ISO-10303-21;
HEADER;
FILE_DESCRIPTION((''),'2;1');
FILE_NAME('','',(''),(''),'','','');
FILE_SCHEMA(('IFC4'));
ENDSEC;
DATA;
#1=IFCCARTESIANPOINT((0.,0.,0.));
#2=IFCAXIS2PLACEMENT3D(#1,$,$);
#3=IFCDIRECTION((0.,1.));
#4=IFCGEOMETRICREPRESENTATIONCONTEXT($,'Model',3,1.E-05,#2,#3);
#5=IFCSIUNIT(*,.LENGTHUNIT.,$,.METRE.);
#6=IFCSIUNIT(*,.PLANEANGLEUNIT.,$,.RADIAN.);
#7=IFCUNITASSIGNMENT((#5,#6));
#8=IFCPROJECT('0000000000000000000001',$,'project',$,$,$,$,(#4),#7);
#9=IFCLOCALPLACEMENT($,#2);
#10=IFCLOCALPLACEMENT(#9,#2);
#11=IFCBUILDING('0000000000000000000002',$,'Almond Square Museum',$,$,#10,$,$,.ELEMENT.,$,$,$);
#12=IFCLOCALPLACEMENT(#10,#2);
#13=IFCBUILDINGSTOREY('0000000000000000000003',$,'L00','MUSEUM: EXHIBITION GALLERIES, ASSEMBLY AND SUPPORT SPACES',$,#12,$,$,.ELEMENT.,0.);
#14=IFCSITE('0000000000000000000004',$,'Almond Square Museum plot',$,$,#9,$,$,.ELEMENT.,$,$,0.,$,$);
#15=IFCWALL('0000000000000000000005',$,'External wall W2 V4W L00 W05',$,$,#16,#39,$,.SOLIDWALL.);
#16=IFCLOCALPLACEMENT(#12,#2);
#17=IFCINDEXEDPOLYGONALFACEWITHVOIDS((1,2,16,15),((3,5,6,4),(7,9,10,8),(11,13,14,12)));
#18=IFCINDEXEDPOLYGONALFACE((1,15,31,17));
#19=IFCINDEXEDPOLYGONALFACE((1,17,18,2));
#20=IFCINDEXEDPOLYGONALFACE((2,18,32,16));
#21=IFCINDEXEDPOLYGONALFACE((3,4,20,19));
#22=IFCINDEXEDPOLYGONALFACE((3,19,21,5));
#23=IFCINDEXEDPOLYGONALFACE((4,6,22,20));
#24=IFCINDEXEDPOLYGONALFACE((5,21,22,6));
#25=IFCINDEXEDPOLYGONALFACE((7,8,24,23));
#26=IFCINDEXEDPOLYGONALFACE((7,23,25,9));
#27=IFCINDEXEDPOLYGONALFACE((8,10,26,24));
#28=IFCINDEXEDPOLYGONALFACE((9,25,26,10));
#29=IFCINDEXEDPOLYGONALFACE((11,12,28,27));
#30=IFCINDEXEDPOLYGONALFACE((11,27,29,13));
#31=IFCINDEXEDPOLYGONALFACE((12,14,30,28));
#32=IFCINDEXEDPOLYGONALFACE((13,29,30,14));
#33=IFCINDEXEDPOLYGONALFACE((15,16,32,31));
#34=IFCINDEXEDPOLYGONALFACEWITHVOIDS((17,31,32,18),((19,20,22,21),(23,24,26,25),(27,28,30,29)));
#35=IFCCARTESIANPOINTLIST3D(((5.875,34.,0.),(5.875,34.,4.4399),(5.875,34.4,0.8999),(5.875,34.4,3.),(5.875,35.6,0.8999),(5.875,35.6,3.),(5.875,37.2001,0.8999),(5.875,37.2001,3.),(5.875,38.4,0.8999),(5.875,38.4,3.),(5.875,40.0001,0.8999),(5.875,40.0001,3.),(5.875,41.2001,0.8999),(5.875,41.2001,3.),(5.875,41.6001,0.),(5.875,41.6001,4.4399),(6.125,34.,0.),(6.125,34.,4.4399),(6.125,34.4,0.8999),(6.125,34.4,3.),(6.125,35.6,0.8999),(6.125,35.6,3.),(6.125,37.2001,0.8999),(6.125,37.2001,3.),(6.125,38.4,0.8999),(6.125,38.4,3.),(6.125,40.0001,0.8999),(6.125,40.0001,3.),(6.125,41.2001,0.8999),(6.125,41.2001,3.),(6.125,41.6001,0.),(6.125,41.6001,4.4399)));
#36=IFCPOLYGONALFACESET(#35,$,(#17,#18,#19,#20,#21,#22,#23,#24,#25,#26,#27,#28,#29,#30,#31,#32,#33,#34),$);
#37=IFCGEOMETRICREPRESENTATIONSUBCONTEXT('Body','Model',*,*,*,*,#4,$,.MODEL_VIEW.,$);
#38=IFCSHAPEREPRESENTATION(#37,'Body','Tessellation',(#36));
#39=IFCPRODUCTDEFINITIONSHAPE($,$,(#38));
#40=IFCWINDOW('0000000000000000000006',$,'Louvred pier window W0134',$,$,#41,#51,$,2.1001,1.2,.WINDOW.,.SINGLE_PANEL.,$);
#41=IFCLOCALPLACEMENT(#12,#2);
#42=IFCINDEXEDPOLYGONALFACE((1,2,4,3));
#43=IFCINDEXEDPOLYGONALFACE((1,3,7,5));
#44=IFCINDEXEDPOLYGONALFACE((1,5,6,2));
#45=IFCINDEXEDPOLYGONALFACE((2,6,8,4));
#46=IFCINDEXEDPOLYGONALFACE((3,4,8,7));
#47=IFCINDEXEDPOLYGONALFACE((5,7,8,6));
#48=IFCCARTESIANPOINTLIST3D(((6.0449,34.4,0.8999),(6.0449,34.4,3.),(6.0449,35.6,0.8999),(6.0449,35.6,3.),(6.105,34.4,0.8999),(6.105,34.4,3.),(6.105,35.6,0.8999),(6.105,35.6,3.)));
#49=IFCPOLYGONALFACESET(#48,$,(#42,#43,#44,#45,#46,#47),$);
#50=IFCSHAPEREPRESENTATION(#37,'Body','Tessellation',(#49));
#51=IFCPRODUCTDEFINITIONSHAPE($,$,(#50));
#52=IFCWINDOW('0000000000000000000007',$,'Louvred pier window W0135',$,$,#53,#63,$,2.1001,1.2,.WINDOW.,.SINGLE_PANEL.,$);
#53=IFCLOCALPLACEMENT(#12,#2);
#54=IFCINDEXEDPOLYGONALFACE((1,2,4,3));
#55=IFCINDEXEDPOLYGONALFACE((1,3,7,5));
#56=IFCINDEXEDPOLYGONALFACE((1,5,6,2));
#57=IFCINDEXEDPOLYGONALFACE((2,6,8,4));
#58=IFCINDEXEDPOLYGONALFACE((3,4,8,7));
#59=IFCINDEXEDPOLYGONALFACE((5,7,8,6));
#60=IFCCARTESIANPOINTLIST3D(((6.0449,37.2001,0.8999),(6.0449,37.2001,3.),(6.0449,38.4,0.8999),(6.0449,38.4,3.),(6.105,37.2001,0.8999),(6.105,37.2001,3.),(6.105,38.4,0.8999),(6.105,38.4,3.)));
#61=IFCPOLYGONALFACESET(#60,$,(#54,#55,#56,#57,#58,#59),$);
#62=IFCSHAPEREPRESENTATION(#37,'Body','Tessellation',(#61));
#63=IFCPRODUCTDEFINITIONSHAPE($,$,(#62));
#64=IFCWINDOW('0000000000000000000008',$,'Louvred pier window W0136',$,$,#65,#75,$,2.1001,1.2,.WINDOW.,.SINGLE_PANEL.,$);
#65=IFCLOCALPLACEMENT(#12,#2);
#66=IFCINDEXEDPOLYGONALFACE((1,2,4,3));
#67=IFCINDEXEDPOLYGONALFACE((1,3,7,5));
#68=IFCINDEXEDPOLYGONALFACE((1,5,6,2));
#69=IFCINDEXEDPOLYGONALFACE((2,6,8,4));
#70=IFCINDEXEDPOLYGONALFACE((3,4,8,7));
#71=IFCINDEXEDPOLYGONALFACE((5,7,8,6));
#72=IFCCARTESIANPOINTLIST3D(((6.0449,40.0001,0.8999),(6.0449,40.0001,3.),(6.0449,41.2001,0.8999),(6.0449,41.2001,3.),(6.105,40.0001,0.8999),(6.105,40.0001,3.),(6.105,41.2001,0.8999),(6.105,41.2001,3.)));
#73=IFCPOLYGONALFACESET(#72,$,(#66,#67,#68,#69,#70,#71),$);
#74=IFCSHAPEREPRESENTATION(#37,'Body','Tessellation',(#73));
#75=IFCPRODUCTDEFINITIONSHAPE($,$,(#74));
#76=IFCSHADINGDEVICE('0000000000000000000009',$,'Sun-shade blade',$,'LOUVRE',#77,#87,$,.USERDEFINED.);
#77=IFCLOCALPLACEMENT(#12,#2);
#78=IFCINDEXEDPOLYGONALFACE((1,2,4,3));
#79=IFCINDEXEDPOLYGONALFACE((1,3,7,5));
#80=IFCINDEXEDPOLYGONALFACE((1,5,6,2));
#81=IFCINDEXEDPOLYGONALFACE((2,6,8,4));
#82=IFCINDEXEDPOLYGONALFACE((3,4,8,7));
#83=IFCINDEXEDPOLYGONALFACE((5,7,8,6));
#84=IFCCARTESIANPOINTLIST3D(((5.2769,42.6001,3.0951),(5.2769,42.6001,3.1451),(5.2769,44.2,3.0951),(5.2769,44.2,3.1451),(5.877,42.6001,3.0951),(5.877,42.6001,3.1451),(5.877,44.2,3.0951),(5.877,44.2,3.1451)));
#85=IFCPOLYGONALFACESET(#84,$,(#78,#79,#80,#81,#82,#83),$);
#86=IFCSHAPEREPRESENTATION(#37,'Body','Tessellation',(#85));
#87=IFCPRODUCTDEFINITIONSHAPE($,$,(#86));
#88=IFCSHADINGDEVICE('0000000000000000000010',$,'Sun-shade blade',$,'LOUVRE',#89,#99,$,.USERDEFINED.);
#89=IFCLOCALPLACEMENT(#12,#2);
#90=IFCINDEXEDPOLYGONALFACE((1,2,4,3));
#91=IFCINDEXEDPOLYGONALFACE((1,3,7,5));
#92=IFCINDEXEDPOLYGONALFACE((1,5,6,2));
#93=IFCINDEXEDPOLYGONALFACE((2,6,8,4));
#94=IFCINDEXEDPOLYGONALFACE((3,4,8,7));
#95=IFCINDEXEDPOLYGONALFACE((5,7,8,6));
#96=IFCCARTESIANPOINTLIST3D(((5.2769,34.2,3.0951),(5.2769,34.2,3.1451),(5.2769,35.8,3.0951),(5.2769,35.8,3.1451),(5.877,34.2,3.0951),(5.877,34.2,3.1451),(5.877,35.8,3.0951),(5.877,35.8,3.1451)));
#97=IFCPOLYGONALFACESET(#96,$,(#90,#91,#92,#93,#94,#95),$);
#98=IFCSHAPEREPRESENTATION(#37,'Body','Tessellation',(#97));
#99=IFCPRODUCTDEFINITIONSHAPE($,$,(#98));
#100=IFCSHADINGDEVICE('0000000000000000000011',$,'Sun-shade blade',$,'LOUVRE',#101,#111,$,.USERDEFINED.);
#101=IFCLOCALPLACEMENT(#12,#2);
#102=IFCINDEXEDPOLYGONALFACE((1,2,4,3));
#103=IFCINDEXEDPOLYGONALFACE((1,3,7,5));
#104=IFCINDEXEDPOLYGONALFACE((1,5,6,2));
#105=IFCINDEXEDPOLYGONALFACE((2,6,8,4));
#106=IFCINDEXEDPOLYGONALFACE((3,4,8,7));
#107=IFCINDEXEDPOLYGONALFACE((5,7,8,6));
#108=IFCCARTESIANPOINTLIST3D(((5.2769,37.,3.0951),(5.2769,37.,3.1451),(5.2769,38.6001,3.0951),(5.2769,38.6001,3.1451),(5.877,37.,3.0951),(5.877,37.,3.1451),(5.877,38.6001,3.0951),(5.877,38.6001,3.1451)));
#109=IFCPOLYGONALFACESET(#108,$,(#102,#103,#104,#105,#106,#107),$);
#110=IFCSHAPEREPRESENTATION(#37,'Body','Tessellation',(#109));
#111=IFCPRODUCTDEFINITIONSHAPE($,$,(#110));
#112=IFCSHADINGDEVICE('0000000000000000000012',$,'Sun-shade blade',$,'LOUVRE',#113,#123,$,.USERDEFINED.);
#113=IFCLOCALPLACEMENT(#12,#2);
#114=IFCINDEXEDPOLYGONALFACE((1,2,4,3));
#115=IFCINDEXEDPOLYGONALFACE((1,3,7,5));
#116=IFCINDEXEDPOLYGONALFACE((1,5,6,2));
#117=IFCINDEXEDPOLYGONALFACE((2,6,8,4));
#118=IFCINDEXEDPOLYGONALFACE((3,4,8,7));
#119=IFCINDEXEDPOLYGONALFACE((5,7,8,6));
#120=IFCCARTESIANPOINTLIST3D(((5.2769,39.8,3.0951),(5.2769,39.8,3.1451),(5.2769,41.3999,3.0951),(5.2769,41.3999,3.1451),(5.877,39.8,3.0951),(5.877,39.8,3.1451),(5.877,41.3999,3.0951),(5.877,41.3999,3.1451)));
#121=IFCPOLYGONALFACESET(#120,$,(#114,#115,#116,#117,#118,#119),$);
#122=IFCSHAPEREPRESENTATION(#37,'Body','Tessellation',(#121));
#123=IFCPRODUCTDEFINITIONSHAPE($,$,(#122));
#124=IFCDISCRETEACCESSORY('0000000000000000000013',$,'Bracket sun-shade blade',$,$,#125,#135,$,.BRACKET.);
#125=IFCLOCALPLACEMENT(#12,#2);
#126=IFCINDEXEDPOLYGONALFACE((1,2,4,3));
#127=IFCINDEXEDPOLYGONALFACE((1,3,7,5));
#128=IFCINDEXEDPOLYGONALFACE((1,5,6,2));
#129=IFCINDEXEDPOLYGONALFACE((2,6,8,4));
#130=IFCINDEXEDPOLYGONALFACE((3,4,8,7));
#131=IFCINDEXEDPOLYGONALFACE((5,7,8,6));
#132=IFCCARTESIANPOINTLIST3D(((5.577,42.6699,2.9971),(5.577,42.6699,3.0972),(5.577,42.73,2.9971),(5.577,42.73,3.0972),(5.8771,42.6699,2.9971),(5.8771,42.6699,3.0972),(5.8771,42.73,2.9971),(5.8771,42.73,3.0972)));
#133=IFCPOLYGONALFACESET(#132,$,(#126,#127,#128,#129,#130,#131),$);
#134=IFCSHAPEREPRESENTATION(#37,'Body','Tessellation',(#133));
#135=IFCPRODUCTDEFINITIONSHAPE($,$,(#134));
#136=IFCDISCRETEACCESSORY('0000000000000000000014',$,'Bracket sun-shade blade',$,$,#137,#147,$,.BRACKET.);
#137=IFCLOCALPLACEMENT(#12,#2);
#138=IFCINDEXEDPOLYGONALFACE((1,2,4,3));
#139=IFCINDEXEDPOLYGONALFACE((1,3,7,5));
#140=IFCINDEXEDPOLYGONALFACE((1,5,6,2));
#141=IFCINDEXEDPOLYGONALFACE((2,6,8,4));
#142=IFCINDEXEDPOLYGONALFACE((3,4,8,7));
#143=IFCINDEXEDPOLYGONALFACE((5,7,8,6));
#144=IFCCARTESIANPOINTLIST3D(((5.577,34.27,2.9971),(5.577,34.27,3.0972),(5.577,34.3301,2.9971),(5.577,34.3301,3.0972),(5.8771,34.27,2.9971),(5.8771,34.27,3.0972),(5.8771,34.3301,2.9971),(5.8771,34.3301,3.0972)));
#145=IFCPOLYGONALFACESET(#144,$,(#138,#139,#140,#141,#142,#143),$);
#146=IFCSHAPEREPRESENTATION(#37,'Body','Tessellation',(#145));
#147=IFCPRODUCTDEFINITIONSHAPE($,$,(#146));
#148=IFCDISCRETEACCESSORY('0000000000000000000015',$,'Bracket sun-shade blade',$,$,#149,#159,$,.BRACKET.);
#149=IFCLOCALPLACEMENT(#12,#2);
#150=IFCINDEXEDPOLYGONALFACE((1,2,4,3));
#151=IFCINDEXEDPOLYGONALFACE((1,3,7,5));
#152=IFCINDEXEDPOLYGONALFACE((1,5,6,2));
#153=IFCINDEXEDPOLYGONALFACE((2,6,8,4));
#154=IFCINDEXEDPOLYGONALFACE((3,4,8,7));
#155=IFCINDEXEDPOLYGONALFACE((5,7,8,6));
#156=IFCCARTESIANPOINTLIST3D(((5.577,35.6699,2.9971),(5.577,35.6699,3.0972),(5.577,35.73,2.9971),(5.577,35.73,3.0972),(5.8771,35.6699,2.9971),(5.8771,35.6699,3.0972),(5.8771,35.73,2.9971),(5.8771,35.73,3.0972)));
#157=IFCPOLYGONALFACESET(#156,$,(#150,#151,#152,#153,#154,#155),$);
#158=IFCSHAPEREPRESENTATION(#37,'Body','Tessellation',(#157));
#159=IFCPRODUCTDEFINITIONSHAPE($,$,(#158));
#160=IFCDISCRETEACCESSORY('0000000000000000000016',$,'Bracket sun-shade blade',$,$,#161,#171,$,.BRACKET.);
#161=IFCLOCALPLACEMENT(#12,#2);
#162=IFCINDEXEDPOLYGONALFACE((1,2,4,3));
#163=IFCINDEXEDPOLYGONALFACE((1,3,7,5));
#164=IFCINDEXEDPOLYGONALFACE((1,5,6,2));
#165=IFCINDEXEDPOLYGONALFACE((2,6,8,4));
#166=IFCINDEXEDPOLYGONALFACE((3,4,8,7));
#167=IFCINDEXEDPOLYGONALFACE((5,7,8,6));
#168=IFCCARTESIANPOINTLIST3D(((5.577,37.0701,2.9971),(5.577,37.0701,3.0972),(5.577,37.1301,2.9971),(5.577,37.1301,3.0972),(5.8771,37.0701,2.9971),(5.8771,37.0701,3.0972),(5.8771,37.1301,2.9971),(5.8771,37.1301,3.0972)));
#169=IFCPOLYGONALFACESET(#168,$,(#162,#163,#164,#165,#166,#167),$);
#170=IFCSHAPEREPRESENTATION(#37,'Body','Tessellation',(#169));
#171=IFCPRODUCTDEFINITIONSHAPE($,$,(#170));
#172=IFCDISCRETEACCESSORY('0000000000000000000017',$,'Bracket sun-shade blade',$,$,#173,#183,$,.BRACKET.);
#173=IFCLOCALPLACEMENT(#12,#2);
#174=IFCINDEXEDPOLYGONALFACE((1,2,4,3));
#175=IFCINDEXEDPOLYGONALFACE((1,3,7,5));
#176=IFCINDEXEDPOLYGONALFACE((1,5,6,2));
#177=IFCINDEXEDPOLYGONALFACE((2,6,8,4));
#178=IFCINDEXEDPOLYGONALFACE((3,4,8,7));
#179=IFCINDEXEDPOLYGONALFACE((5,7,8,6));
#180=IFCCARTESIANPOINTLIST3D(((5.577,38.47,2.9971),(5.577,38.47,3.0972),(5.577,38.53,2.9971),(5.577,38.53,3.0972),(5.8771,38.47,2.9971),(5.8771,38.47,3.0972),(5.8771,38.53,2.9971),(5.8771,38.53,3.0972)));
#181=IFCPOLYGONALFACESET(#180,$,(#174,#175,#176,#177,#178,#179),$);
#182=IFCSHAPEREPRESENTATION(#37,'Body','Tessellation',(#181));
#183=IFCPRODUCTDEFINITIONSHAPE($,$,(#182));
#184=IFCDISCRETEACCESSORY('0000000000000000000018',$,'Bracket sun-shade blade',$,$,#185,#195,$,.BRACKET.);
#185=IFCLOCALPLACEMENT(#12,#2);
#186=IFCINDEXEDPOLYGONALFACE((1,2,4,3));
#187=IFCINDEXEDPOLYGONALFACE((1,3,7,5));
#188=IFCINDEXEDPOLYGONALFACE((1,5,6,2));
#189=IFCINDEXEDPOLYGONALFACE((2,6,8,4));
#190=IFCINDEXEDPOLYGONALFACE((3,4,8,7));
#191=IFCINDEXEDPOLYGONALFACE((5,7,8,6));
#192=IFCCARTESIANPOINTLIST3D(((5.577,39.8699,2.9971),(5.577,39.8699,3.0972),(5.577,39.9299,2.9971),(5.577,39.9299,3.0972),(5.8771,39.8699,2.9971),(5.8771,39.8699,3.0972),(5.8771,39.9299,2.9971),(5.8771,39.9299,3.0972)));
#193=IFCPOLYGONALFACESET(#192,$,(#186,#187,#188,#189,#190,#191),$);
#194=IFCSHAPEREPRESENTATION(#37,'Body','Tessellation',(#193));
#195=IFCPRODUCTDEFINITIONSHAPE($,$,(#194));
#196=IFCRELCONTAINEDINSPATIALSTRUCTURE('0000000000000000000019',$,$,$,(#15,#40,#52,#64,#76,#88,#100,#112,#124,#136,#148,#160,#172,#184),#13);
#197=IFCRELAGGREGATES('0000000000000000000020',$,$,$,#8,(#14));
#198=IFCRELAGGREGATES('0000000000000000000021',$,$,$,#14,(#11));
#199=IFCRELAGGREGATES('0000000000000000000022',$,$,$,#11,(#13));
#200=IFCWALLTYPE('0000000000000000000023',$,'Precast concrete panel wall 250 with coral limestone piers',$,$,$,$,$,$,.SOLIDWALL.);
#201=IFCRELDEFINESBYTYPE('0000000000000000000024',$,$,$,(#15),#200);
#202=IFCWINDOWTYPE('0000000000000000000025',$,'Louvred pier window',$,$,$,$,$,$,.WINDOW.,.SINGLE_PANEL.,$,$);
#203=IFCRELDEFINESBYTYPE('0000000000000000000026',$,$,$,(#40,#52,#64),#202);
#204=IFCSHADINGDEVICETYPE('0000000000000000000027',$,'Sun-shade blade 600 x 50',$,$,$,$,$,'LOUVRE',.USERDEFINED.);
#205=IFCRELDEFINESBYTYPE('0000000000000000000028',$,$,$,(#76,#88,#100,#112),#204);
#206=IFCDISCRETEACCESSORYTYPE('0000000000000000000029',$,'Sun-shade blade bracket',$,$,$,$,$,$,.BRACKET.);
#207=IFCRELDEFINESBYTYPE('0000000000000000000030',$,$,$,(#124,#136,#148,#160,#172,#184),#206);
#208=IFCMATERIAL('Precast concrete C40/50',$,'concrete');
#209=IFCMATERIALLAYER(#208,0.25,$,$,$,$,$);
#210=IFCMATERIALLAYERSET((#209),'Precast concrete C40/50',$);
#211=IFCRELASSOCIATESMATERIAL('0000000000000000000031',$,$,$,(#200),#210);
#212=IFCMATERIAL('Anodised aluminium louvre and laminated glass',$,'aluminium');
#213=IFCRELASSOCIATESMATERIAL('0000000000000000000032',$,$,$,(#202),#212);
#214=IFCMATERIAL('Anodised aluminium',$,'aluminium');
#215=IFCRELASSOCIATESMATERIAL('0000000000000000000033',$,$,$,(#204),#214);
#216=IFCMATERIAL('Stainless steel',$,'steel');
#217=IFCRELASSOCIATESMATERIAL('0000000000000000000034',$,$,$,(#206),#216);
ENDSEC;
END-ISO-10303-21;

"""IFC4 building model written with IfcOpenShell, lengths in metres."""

from ifc_helpers import new_model, si_unit, direction, frame, frame_2d, origin, origin_2d, place, context, subcontext, project, spatial, rectangle, extrude, material, layer, layer_set, material_profile, profile_set, type_object, element, fill, save


model = new_model("IFC4")

# Units and contexts
model_context = context("Model", 3, precision=1e-05, world=origin(), true_north=direction((0.0, 1.0)))
body_context = subcontext(model_context, "Body", "Model", "MODEL_VIEW")
ifc_project = project(units=[si_unit("LENGTHUNIT", "METRE"), si_unit("PLANEANGLEUNIT", "RADIAN")], contexts=[model_context])

# Site, building, storey
site_placement = place(None, origin())
site = spatial("IfcSite", under=ifc_project, at=site_placement, Name="Almond Square Museum plot", CompositionType="ELEMENT", RefElevation=0.0)
building_placement = place(site_placement, origin())
building = spatial("IfcBuilding", under=site, at=building_placement, Name="Almond Square Museum", CompositionType="ELEMENT")
storey_placement = place(building_placement, origin())
storey = spatial("IfcBuildingStorey", under=building, at=storey_placement, Name="L00", Description="MUSEUM: EXHIBITION GALLERIES, ASSEMBLY AND SUPPORT SPACES", CompositionType="ELEMENT", Elevation=0.0)

# Wall, openings, windows
ifc_material_1 = material(Name="Precast concrete C40/50", Category="concrete")
ifc_layer = layer(ifc_material_1, 0.25)
ifc_layer_set = layer_set([ifc_layer], Name="Precast concrete C40/50")
wall_type = type_object("IfcWallType", Name="Precast concrete panel wall 250 with coral limestone piers", PredefinedType="SOLIDWALL", material=ifc_layer_set)
wall_placement = place(storey_placement, frame((6.0, 34.0, 0.0), z_axis=(0.0, 0.0, 1.0), x_axis=(0.0, 1.0, 0.0)))
wall = element("IfcWall", 1, at=wall_placement, inside=storey, type_object=wall_type, Name="External wall W2 V4W L00 W05", PredefinedType="SOLIDWALL", context=body_context, shape_type="SweptSolid", body=[
    extrude(rectangle(XDim=7.6001, YDim=0.25, at=frame_2d((3.8, 0.0))), origin(), (0.0, 0.0, 1.0), 4.4399),
])
opening_1_placement = place(wall_placement, frame((0.3999, 0.0, 0.8999)))
opening_1 = element("IfcOpeningElement", 2, at=opening_1_placement, cuts=wall, PredefinedType="OPENING", context=body_context, shape_type="SweptSolid", body=[
    extrude(rectangle(XDim=1.2, YDim=2.1001, at=frame_2d((0.6001, 1.05))), frame((0.0, 0.135, 0.0), z_axis=(0.0, -1.0, 0.0), x_axis=(1.0, 0.0, 0.0)), (0.0, 0.0, 1.0), 0.27),
])
opening_2_placement = place(wall_placement, frame((3.2, 0.0, 0.8999)))
opening_2 = element("IfcOpeningElement", 3, at=opening_2_placement, cuts=wall, PredefinedType="OPENING", context=body_context, shape_type="SweptSolid", body=[
    extrude(rectangle(XDim=1.2, YDim=2.1001, at=frame_2d((0.6001, 1.05))), frame((0.0, 0.135, 0.0), z_axis=(0.0, -1.0, 0.0), x_axis=(1.0, 0.0, 0.0)), (0.0, 0.0, 1.0), 0.27),
])
opening_3_placement = place(wall_placement, frame((6.0, 0.0, 0.8999)))
opening_3 = element("IfcOpeningElement", 4, at=opening_3_placement, cuts=wall, PredefinedType="OPENING", context=body_context, shape_type="SweptSolid", body=[
    extrude(rectangle(XDim=1.2, YDim=2.1001, at=frame_2d((0.6001, 1.05))), frame((0.0, 0.135, 0.0), z_axis=(0.0, -1.0, 0.0), x_axis=(1.0, 0.0, 0.0)), (0.0, 0.0, 1.0), 0.27),
])
ifc_material_2 = material(Name="Anodised aluminium louvre and laminated glass", Category="aluminium")
window_type = type_object("IfcWindowType", Name="Louvred pier window", PartitioningType="SINGLE_PANEL", PredefinedType="WINDOW", material=ifc_material_2)
window_1_placement = place(opening_1_placement, origin())
window_1 = element("IfcWindow", 5, at=window_1_placement, inside=storey, type_object=window_type, Name="Louvred pier window W0134", OverallHeight=2.1001, OverallWidth=1.2, PartitioningType="SINGLE_PANEL", PredefinedType="WINDOW", context=body_context, shape_type="SweptSolid", body=[
    extrude(rectangle(XDim=1.2, YDim=2.1001, at=frame_2d((0.6001, 1.05))), frame((0.0, -0.0449, 0.0), z_axis=(0.0, -1.0, 0.0), x_axis=(1.0, 0.0, 0.0)), (0.0, 0.0, 1.0), 0.0601),
])
fill(opening_1, window_1)
window_2_placement = place(opening_2_placement, origin())
window_2 = element("IfcWindow", 6, at=window_2_placement, inside=storey, type_object=window_type, Name="Louvred pier window W0135", OverallHeight=2.1001, OverallWidth=1.2, PartitioningType="SINGLE_PANEL", PredefinedType="WINDOW", context=body_context, shape_type="SweptSolid", body=[
    extrude(rectangle(XDim=1.2, YDim=2.1001, at=frame_2d((0.6001, 1.05))), frame((0.0, -0.0449, 0.0), z_axis=(0.0, -1.0, 0.0), x_axis=(1.0, 0.0, 0.0)), (0.0, 0.0, 1.0), 0.0601),
])
fill(opening_2, window_2)
window_3_placement = place(opening_3_placement, origin())
window_3 = element("IfcWindow", 7, at=window_3_placement, inside=storey, type_object=window_type, Name="Louvred pier window W0136", OverallHeight=2.1001, OverallWidth=1.2, PartitioningType="SINGLE_PANEL", PredefinedType="WINDOW", context=body_context, shape_type="SweptSolid", body=[
    extrude(rectangle(XDim=1.2, YDim=2.1001, at=frame_2d((0.6001, 1.05))), frame((0.0, -0.0449, 0.0), z_axis=(0.0, -1.0, 0.0), x_axis=(1.0, 0.0, 0.0)), (0.0, 0.0, 1.0), 0.0601),
])
fill(opening_3, window_3)

# Shading devices
ifc_material_3 = material(Name="Anodised aluminium", Category="aluminium")
ifc_material_profile_1 = material_profile(ifc_material_3, rectangle(XDim=0.6001, YDim=0.05, at=origin_2d()))
ifc_profile_set_1 = profile_set([ifc_material_profile_1], Name="Anodised aluminium")
shading_device_type = type_object("IfcShadingDeviceType", Name="Sun-shade blade 600 x 50", ElementType="LOUVRE", PredefinedType="USERDEFINED", material=ifc_profile_set_1)
shading_device_1_placement = place(storey_placement, frame((5.5769, 42.6001, 3.1201), z_axis=(0.0, 1.0, 0.0), x_axis=(-1.0, 0.0, 0.0)))
element("IfcShadingDevice", 8, at=shading_device_1_placement, inside=storey, type_object=shading_device_type, Name="Sun-shade blade", ObjectType="LOUVRE", PredefinedType="USERDEFINED", context=body_context, shape_type="SweptSolid", body=[
    extrude(rectangle(XDim=0.6001, YDim=0.05, at=origin_2d()), origin(), (0.0, 0.0, 1.0), 1.5999),
])
for number, where, z_axis, x_axis, name in (
    (9, (5.5769, 34.2, 3.1201), (0.0, 1.0, 0.0), (-1.0, 0.0, 0.0), "Sun-shade blade"),
    (10, (5.5769, 37.0, 3.1201), (0.0, 1.0, 0.0), (-1.0, 0.0, 0.0), "Sun-shade blade"),
):
    element("IfcShadingDevice", number, at=place(storey_placement, frame(where, z_axis=z_axis, x_axis=x_axis)), inside=storey, type_object=shading_device_type, Name=name, ObjectType="LOUVRE", PredefinedType="USERDEFINED", context=body_context, shape_type="SweptSolid", body=[
        extrude(rectangle(XDim=0.6001, YDim=0.05, at=origin_2d()), origin(), (0.0, 0.0, 1.0), 1.6001),
    ])
shading_device_2_placement = place(storey_placement, frame((5.5769, 39.8, 3.1201), z_axis=(0.0, 1.0, 0.0), x_axis=(-1.0, 0.0, 0.0)))
element("IfcShadingDevice", 11, at=shading_device_2_placement, inside=storey, type_object=shading_device_type, Name="Sun-shade blade", ObjectType="LOUVRE", PredefinedType="USERDEFINED", context=body_context, shape_type="SweptSolid", body=[
    extrude(rectangle(XDim=0.6001, YDim=0.05, at=origin_2d()), origin(), (0.0, 0.0, 1.0), 1.5999),
])

# Discrete accessories
ifc_material_4 = material(Name="Stainless steel", Category="steel")
discrete_accessory_type = type_object("IfcDiscreteAccessoryType", Name="Sun-shade blade bracket", PredefinedType="BRACKET", material=ifc_material_4)
for number, where, z_axis, x_axis, name in (
    (12, (5.7271, 42.7, 2.9971), (0.0, 0.0, 1.0), (1.0, 0.0, 0.0), "Bracket sun-shade blade"),
    (13, (5.7271, 34.3, 2.9971), (0.0, 0.0, 1.0), (1.0, 0.0, 0.0), "Bracket sun-shade blade"),
    (14, (5.7271, 35.7, 2.9971), (0.0, 0.0, 1.0), (1.0, 0.0, 0.0), "Bracket sun-shade blade"),
    (15, (5.7271, 37.1001, 2.9971), (0.0, 0.0, 1.0), (1.0, 0.0, 0.0), "Bracket sun-shade blade"),
    (16, (5.7271, 38.5, 2.9971), (0.0, 0.0, 1.0), (1.0, 0.0, 0.0), "Bracket sun-shade blade"),
    (17, (5.7271, 39.8999, 2.9971), (0.0, 0.0, 1.0), (1.0, 0.0, 0.0), "Bracket sun-shade blade"),
):
    element("IfcDiscreteAccessory", number, at=place(storey_placement, frame(where, z_axis=z_axis, x_axis=x_axis)), inside=storey, type_object=discrete_accessory_type, Name=name, PredefinedType="BRACKET", context=body_context, shape_type="SweptSolid", body=[
        extrude(rectangle(XDim=0.3, YDim=0.0601, at=origin_2d()), origin(), (0.0, 0.0, 1.0), 0.1001),
    ])

save(model, "model.ifc")
